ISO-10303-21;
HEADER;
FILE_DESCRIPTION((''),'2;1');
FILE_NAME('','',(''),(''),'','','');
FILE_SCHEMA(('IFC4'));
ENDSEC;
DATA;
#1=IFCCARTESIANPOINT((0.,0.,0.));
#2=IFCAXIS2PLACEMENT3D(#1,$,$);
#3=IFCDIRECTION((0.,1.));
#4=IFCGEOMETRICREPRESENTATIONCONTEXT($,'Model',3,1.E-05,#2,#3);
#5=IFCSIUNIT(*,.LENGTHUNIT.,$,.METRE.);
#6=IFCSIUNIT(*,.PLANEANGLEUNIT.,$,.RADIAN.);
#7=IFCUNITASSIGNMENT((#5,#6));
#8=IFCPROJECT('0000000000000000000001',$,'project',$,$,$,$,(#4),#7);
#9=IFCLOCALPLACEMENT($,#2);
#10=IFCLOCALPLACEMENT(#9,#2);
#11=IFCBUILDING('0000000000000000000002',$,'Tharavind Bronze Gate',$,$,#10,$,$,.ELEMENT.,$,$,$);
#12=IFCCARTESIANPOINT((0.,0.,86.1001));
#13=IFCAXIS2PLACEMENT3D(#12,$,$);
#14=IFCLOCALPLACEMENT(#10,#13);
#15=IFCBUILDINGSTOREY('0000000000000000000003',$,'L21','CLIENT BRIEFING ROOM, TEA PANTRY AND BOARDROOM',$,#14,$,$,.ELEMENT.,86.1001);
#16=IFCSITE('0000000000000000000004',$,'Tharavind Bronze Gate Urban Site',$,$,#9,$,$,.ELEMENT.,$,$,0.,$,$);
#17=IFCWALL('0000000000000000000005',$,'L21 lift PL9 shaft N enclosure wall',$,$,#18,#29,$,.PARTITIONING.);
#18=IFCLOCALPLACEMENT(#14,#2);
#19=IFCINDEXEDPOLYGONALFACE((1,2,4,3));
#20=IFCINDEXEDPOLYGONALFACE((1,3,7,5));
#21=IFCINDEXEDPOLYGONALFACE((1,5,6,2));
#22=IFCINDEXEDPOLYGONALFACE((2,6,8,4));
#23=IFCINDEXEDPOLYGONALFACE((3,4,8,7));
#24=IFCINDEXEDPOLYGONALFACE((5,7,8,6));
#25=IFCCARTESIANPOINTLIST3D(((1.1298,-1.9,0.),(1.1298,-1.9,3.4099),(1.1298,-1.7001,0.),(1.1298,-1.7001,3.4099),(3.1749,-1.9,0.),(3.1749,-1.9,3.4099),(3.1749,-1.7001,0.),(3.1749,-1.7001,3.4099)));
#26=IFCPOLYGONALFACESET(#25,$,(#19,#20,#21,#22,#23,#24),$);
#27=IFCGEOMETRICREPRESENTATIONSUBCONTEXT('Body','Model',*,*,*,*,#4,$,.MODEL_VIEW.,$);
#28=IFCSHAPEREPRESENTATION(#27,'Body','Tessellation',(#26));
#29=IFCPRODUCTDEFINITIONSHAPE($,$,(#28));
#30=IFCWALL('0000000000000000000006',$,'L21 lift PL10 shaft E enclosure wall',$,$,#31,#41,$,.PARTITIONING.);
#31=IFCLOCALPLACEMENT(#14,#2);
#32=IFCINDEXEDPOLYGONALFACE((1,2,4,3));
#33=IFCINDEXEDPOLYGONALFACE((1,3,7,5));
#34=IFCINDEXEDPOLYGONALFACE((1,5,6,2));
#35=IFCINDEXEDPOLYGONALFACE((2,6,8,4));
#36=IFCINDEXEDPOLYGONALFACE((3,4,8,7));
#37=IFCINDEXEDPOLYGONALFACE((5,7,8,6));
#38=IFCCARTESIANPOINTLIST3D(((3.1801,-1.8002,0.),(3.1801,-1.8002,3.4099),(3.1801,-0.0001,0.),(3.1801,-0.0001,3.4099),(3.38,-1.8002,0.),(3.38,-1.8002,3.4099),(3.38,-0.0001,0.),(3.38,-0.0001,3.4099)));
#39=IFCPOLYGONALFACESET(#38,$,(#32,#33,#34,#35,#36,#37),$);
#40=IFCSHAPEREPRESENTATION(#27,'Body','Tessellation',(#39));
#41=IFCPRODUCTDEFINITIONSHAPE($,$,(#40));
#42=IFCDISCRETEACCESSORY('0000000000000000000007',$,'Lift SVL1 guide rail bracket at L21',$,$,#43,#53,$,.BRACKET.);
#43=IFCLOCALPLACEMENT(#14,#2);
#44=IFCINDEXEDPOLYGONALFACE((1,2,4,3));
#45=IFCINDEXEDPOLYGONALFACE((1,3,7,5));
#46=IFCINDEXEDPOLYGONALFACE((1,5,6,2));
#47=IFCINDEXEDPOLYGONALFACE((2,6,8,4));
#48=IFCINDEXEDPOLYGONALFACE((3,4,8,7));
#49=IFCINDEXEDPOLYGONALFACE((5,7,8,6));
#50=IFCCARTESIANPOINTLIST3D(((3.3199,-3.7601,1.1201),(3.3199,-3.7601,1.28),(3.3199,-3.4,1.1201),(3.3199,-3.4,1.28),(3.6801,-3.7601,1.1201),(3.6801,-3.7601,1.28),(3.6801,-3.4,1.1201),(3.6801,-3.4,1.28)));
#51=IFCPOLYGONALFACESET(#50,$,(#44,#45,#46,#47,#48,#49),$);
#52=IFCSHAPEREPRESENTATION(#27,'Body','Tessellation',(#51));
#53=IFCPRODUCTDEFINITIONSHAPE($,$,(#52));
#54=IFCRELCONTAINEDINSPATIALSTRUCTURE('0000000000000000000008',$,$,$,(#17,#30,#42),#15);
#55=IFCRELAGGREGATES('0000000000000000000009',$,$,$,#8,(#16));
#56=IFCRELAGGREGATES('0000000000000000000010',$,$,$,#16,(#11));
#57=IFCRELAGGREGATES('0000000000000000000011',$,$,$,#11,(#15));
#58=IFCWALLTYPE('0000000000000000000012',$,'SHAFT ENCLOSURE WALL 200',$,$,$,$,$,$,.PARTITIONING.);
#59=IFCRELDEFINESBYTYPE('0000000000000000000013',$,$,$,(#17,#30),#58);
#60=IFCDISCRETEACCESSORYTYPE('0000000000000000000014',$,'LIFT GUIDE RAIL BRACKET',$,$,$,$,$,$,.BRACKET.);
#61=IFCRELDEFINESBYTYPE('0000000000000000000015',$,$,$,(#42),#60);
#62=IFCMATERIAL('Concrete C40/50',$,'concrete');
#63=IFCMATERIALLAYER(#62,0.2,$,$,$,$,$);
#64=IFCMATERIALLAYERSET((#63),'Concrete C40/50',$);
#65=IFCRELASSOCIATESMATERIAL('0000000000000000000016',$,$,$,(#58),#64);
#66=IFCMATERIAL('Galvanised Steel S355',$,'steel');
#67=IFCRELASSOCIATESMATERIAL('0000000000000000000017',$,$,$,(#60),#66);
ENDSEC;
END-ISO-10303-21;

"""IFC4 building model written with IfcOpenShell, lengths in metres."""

from ifc_helpers import new_model, si_unit, direction, frame, frame_2d, origin, origin_2d, place, context, subcontext, project, spatial, rectangle, extrude, material, layer, layer_set, type_object, element, save


model = new_model("IFC4")

# Units and contexts
model_context = context("Model", 3, precision=1e-05, world=origin(), true_north=direction((0.0, 1.0)))
body_context = subcontext(model_context, "Body", "Model", "MODEL_VIEW")
ifc_project = project(units=[si_unit("LENGTHUNIT", "METRE"), si_unit("PLANEANGLEUNIT", "RADIAN")], contexts=[model_context])

# Site, building, storey
site_placement = place(None, origin())
site = spatial("IfcSite", under=ifc_project, at=site_placement, Name="Tharavind Bronze Gate Urban Site", CompositionType="ELEMENT", RefElevation=0.0)
building_placement = place(site_placement, origin())
building = spatial("IfcBuilding", under=site, at=building_placement, Name="Tharavind Bronze Gate", CompositionType="ELEMENT")
storey_placement = place(building_placement, frame((0.0, 0.0, 86.1001)))
storey = spatial("IfcBuildingStorey", under=building, at=storey_placement, Name="L21", Description="CLIENT BRIEFING ROOM, TEA PANTRY AND BOARDROOM", CompositionType="ELEMENT", Elevation=86.1001)

# Walls
ifc_material_1 = material(Name="Concrete C40/50", Category="concrete")
ifc_layer_1 = layer(ifc_material_1, 0.2)
ifc_layer_set_1 = layer_set([ifc_layer_1], Name="Concrete C40/50")
wall_type_1 = type_object("IfcWallType", Name="SHAFT ENCLOSURE WALL 200", PredefinedType="PARTITIONING", material=ifc_layer_set_1)
for number, where, z_axis, x_axis, name in (
    (1, (1.1299, -1.8, 0.0), (0.0, 0.0, 1.0), (1.0, 0.0, 0.0), "L21 lift PL9 shaft N enclosure wall"),
):
    element("IfcWall", number, at=place(storey_placement, frame(where, z_axis=z_axis, x_axis=x_axis)), inside=storey, type_object=wall_type_1, Name=name, PredefinedType="PARTITIONING", context=body_context, shape_type="SweptSolid", body=[
        extrude(rectangle(XDim=2.0452, YDim=0.2, at=frame_2d((1.0225, 0.0))), origin(), (0.0, 0.0, 1.0), 3.4099),
    ])
wall_1_placement = place(storey_placement, frame((3.28, -1.8, 0.0), z_axis=(0.0, 0.0, 1.0), x_axis=(0.0, 1.0, 0.0)))
element("IfcWall", 2, at=wall_1_placement, inside=storey, type_object=wall_type_1, Name="L21 lift PL10 shaft E enclosure wall", PredefinedType="PARTITIONING", context=body_context, shape_type="SweptSolid", body=[
    extrude(rectangle(XDim=1.8, YDim=0.2, at=frame_2d((0.8999, 0.0))), origin(), (0.0, 0.0, 1.0), 3.4099),
])

# Discrete accessory
ifc_material_2 = material(Name="Galvanised Steel S355", Category="steel")
discrete_accessory_type = type_object("IfcDiscreteAccessoryType", Name="LIFT GUIDE RAIL BRACKET", PredefinedType="BRACKET", material=ifc_material_2)
discrete_accessory_placement = place(storey_placement, frame((3.5, -3.5801, 1.1201), z_axis=(0.0, 0.0, 1.0), x_axis=(1.0, 0.0, 0.0)))
element("IfcDiscreteAccessory", 3, at=discrete_accessory_placement, inside=storey, type_object=discrete_accessory_type, Name="Lift SVL1 guide rail bracket at L21", PredefinedType="BRACKET", context=body_context, shape_type="SweptSolid", body=[
    extrude(rectangle(XDim=0.3601, YDim=0.3601, at=origin_2d()), origin(), (0.0, 0.0, 1.0), 0.1599),
])

save(model, "model.ifc")
